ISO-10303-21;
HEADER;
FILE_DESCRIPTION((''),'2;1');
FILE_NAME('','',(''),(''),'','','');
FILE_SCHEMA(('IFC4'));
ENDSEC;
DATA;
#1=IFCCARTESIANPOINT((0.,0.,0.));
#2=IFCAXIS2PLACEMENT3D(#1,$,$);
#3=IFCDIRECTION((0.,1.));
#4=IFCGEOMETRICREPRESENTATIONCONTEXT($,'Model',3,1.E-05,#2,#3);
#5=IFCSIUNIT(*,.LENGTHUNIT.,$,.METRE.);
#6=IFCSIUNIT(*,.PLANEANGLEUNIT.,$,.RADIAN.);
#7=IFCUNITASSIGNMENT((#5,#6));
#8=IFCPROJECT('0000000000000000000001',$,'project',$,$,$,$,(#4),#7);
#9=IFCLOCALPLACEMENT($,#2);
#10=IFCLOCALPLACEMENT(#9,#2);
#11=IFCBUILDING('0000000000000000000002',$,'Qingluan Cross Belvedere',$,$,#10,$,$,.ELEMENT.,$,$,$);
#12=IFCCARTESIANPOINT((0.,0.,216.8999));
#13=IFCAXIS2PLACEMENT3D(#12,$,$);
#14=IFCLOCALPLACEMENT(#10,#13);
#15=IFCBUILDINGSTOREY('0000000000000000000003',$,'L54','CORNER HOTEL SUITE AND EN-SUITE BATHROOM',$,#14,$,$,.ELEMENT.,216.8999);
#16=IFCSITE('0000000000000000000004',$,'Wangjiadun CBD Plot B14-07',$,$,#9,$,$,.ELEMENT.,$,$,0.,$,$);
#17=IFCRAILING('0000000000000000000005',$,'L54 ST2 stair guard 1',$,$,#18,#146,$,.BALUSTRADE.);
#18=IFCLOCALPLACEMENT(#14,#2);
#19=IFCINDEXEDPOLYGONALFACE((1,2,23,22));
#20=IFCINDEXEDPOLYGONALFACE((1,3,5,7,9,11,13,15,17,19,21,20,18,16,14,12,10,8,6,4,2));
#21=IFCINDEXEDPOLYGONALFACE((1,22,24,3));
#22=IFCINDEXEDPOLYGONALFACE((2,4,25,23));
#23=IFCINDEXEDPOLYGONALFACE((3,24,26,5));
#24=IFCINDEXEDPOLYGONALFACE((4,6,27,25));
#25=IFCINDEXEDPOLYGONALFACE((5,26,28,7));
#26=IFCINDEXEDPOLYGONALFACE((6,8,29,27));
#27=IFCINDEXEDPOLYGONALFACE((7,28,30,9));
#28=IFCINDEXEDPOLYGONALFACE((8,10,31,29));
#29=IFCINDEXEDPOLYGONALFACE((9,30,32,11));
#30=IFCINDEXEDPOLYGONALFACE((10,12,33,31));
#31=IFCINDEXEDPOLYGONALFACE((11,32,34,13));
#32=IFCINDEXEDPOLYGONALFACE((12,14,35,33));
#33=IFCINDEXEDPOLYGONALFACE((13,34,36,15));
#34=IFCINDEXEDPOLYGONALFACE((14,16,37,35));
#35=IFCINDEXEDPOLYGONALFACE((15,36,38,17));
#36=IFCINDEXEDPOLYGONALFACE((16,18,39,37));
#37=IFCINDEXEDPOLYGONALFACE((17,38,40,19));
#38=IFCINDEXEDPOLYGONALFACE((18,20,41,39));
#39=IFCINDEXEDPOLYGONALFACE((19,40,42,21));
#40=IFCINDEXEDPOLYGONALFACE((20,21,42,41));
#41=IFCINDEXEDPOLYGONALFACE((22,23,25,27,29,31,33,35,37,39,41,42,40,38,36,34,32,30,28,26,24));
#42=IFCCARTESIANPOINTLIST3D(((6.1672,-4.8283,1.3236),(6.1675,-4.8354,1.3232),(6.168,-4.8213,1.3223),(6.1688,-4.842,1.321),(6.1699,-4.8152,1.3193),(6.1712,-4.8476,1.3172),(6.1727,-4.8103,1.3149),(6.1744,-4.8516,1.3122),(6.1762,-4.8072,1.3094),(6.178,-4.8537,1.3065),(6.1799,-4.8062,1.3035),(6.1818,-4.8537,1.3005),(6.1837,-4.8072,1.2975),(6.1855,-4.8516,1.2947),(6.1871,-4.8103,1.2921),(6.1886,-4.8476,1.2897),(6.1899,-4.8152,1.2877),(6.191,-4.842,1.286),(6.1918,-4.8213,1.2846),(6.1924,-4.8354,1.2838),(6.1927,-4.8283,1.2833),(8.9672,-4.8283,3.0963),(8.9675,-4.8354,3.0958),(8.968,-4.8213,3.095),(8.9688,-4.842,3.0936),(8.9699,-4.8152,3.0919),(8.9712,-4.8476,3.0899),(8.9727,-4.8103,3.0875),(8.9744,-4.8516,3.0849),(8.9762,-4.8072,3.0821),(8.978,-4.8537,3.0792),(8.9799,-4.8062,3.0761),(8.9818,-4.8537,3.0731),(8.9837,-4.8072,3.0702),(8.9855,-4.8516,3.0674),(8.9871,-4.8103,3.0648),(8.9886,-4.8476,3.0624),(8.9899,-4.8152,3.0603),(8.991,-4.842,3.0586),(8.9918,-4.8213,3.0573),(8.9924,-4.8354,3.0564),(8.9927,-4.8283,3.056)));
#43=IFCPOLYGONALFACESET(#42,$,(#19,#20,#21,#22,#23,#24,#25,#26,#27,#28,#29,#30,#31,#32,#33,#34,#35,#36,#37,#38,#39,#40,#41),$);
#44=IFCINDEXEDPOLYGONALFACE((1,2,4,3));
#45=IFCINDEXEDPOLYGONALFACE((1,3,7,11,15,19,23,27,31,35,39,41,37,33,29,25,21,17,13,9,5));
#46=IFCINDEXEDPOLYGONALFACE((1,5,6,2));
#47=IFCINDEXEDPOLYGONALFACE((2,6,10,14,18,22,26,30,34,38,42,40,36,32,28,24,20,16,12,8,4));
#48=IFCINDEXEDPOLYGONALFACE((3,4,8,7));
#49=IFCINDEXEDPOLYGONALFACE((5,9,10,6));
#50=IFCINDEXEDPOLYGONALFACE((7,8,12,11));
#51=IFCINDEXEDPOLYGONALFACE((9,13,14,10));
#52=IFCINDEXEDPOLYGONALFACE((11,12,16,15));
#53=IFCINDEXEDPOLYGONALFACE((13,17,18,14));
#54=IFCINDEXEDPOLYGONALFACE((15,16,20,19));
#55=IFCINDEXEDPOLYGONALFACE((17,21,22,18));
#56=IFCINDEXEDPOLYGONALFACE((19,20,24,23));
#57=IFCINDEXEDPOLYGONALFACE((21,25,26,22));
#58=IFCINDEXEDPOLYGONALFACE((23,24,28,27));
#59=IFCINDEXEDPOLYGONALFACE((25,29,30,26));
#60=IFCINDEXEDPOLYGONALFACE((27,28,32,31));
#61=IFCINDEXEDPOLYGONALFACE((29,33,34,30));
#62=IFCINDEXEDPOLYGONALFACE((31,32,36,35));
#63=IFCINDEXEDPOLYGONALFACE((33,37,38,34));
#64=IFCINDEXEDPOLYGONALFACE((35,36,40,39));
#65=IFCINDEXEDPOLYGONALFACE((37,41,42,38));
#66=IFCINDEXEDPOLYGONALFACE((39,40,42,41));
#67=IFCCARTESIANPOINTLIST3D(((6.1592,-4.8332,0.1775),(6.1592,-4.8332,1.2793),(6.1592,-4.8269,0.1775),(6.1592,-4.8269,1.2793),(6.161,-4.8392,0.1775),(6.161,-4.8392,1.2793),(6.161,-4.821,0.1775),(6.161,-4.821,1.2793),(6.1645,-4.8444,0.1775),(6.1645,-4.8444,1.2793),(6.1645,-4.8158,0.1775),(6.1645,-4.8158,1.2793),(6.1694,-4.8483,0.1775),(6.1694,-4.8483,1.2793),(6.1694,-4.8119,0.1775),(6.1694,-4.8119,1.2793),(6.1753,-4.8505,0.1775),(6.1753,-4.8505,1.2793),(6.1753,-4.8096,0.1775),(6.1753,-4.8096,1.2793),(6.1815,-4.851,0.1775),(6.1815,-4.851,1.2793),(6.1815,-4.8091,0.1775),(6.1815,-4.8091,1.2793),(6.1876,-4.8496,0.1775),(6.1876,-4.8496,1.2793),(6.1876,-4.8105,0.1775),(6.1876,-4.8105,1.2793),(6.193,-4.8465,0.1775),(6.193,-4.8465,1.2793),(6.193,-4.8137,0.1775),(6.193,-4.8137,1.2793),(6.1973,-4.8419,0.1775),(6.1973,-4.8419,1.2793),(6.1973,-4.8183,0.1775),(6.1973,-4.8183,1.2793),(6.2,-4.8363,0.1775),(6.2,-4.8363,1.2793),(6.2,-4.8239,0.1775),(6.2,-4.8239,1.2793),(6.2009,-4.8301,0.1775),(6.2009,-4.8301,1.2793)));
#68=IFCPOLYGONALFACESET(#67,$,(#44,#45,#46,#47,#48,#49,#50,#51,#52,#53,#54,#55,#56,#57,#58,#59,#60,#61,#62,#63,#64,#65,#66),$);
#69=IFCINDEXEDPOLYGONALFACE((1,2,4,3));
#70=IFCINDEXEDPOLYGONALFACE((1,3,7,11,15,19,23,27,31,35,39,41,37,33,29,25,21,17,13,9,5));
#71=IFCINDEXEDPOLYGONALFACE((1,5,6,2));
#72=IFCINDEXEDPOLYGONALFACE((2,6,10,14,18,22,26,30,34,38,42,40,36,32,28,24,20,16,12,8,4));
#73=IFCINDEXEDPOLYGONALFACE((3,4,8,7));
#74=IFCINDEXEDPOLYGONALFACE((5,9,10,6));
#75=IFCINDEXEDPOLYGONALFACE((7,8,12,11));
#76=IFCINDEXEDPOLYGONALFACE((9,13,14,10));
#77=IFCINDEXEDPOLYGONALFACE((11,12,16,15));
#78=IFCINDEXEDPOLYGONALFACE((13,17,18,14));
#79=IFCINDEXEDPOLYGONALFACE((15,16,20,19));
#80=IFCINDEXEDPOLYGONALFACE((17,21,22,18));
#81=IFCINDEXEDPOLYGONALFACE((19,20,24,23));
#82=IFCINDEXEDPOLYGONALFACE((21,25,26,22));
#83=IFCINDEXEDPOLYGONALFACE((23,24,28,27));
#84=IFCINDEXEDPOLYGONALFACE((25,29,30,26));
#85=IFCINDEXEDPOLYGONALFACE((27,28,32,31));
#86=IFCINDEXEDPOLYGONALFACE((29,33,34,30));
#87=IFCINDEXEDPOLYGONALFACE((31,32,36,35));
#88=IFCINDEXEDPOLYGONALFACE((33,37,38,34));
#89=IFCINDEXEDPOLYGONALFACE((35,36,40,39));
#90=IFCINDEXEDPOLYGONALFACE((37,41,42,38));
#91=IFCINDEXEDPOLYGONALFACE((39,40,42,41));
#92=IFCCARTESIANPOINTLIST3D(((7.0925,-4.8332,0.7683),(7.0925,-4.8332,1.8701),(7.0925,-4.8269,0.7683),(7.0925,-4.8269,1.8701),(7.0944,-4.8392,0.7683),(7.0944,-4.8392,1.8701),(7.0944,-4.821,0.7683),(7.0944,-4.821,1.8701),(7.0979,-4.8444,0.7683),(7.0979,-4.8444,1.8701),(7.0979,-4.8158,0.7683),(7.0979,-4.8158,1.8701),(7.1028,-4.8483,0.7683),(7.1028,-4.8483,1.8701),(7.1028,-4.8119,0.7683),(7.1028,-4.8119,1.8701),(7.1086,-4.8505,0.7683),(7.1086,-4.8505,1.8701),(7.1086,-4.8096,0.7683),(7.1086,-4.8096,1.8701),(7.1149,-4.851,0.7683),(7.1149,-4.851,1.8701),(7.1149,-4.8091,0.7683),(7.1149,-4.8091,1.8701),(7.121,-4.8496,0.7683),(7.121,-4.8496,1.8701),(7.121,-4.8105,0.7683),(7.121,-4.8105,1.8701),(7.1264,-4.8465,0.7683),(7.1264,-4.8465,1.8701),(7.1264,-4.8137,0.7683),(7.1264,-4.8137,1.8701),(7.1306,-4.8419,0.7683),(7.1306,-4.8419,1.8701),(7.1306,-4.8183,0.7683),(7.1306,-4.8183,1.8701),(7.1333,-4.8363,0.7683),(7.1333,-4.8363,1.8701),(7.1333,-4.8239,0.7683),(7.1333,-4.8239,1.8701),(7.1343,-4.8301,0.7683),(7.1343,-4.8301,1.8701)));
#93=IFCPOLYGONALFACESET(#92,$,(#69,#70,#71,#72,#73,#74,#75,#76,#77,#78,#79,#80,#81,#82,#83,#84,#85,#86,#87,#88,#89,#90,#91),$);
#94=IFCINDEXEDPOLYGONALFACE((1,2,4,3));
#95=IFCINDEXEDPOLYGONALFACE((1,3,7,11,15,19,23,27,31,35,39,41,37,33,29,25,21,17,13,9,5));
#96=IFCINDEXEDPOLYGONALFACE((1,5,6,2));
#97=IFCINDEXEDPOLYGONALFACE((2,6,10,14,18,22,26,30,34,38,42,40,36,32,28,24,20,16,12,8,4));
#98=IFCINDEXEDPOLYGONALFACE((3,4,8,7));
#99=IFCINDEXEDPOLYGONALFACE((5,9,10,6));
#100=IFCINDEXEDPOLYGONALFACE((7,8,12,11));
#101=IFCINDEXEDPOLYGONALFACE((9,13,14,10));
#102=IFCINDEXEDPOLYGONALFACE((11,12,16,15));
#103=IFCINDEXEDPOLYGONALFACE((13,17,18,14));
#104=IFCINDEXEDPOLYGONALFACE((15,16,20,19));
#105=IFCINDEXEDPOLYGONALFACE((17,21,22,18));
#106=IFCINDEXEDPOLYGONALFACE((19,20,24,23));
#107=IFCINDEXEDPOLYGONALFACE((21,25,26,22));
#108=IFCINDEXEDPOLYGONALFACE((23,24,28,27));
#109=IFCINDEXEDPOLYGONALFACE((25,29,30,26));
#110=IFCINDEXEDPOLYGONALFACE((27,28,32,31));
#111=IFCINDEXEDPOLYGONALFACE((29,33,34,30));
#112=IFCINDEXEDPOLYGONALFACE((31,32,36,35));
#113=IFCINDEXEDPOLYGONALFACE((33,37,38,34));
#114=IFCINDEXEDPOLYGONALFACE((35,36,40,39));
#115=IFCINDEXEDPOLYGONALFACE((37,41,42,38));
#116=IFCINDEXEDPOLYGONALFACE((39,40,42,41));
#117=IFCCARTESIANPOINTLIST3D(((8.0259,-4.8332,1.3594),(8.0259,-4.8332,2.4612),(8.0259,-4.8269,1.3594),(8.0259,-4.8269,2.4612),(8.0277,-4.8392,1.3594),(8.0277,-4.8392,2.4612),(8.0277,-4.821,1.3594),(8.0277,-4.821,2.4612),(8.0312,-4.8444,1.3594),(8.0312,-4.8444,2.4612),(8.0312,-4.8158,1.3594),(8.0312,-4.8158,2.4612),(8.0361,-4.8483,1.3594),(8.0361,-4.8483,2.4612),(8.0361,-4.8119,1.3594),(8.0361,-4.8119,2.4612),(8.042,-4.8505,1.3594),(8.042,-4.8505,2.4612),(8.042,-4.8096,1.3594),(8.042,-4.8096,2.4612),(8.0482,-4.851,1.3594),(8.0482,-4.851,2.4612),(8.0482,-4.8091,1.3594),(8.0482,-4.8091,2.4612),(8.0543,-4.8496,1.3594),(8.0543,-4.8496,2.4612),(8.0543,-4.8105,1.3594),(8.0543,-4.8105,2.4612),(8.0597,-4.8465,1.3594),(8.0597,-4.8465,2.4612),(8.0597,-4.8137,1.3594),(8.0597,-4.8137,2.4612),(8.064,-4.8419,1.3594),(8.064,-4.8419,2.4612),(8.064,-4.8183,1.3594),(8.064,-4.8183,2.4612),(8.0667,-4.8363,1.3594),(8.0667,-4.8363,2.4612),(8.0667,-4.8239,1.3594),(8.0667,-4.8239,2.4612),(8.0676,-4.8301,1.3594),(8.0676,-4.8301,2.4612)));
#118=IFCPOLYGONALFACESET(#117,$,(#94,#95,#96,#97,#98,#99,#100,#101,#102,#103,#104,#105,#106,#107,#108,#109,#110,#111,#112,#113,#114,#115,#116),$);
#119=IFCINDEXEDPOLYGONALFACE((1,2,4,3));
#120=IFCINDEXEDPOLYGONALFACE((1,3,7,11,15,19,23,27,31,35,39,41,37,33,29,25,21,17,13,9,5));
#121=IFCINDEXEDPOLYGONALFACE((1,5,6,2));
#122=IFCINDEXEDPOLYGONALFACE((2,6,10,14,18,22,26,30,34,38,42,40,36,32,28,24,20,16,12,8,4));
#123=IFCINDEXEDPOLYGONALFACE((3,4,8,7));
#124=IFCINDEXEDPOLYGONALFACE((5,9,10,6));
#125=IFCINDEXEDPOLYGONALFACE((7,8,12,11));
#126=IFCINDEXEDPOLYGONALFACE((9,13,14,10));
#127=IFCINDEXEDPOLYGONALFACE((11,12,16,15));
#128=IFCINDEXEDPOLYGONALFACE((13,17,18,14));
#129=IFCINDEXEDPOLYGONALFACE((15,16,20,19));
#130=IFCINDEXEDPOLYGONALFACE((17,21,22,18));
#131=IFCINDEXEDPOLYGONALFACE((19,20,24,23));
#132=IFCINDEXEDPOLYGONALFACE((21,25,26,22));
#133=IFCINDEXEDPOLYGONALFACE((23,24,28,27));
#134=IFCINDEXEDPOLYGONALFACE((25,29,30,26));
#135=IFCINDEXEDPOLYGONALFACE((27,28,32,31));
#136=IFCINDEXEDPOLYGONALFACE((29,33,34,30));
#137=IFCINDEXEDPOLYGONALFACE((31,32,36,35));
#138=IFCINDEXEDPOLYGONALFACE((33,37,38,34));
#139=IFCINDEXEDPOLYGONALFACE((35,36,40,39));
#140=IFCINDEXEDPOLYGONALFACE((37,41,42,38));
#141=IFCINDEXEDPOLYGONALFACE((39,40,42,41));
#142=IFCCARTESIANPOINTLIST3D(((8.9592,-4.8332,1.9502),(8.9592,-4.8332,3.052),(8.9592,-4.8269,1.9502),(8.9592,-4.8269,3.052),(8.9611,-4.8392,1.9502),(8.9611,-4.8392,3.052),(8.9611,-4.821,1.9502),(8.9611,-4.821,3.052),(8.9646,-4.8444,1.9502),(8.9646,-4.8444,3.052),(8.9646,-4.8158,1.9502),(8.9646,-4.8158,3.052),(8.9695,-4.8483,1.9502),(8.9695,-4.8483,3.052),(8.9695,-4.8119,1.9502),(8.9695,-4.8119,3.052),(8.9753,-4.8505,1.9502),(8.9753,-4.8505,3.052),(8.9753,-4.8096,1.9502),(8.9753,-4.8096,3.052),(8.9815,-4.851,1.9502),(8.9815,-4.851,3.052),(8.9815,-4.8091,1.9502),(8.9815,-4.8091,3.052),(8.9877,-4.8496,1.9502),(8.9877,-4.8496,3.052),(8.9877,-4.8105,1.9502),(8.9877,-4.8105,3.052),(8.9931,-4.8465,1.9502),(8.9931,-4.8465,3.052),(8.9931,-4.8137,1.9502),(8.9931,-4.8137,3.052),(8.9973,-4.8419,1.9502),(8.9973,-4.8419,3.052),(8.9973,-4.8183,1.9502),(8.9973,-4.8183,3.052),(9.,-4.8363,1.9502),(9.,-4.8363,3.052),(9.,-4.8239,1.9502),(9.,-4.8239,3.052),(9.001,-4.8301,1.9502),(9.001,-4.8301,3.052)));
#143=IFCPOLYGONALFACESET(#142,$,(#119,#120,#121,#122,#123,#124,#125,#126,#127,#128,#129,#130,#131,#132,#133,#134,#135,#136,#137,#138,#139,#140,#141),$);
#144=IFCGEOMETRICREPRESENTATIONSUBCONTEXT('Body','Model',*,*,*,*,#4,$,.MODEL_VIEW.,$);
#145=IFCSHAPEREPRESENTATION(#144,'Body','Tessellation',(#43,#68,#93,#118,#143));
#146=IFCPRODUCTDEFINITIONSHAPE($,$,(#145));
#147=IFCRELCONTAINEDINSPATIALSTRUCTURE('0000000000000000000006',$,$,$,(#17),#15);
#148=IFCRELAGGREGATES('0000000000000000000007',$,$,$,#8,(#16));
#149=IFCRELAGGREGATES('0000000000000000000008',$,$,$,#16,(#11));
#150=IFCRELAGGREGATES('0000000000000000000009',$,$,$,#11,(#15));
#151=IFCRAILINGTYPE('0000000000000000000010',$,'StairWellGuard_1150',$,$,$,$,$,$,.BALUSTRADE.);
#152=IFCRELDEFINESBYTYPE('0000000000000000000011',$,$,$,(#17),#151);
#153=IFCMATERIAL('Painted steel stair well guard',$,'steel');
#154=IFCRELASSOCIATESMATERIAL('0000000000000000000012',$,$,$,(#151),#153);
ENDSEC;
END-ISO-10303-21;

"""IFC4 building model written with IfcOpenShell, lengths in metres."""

from ifc_helpers import new_model, si_unit, direction, frame, origin, origin_2d, place, context, subcontext, project, spatial, circle, extrude, material, type_object, element, save


model = new_model("IFC4")

# Units and contexts
model_context = context("Model", 3, precision=1e-05, world=origin(), true_north=direction((0.0, 1.0)))
body_context = subcontext(model_context, "Body", "Model", "MODEL_VIEW")
ifc_project = project(units=[si_unit("LENGTHUNIT", "METRE"), si_unit("PLANEANGLEUNIT", "RADIAN")], contexts=[model_context])

# Site, building, storey
site_placement = place(None, origin())
site = spatial("IfcSite", under=ifc_project, at=site_placement, Name="Wangjiadun CBD Plot B14-07", CompositionType="ELEMENT", RefElevation=0.0)
building_placement = place(site_placement, origin())
building = spatial("IfcBuilding", under=site, at=building_placement, Name="Qingluan Cross Belvedere", CompositionType="ELEMENT")
storey_placement = place(building_placement, frame((0.0, 0.0, 216.8999)))
storey = spatial("IfcBuildingStorey", under=building, at=storey_placement, Name="L54", Description="CORNER HOTEL SUITE AND EN-SUITE BATHROOM", CompositionType="ELEMENT", Elevation=216.8999)

# Railing
ifc_material_1 = material(Name="Painted steel stair well guard", Category="steel")
railing_type_1 = type_object("IfcRailingType", Name="StairWellGuard_1150", PredefinedType="BALUSTRADE", material=ifc_material_1)
railing_1_placement = place(storey_placement, frame((6.1799, -4.8301, 0.1775)))
element("IfcRailing", 1, at=railing_1_placement, inside=storey, type_object=railing_type_1, Name="L54 ST2 stair guard 1", PredefinedType="BALUSTRADE", context=body_context, shape_type="SweptSolid", body=[
    extrude(circle(Radius=0.0239, at=origin_2d()), frame((0.0, 0.0, 1.126), z_axis=(0.844909, 0.0, 0.53491), x_axis=(0.0, 1.0, 0.0)), (0.0, 0.0, 1.0), 3.314),
    extrude(circle(Radius=0.021, at=origin_2d()), origin(), (0.0, 0.0, 1.0), 1.1018),
    extrude(circle(Radius=0.021, at=origin_2d()), frame((0.9333, 0.0, 0.5908)), (0.0, 0.0, 1.0), 1.1018),
    extrude(circle(Radius=0.021, at=origin_2d()), frame((1.8667, 0.0, 1.1819)), (0.0, 0.0, 1.0), 1.1018),
    extrude(circle(Radius=0.021, at=origin_2d()), frame((2.8, 0.0, 1.7727)), (0.0, 0.0, 1.0), 1.1018),
])

save(model, "model.ifc")
